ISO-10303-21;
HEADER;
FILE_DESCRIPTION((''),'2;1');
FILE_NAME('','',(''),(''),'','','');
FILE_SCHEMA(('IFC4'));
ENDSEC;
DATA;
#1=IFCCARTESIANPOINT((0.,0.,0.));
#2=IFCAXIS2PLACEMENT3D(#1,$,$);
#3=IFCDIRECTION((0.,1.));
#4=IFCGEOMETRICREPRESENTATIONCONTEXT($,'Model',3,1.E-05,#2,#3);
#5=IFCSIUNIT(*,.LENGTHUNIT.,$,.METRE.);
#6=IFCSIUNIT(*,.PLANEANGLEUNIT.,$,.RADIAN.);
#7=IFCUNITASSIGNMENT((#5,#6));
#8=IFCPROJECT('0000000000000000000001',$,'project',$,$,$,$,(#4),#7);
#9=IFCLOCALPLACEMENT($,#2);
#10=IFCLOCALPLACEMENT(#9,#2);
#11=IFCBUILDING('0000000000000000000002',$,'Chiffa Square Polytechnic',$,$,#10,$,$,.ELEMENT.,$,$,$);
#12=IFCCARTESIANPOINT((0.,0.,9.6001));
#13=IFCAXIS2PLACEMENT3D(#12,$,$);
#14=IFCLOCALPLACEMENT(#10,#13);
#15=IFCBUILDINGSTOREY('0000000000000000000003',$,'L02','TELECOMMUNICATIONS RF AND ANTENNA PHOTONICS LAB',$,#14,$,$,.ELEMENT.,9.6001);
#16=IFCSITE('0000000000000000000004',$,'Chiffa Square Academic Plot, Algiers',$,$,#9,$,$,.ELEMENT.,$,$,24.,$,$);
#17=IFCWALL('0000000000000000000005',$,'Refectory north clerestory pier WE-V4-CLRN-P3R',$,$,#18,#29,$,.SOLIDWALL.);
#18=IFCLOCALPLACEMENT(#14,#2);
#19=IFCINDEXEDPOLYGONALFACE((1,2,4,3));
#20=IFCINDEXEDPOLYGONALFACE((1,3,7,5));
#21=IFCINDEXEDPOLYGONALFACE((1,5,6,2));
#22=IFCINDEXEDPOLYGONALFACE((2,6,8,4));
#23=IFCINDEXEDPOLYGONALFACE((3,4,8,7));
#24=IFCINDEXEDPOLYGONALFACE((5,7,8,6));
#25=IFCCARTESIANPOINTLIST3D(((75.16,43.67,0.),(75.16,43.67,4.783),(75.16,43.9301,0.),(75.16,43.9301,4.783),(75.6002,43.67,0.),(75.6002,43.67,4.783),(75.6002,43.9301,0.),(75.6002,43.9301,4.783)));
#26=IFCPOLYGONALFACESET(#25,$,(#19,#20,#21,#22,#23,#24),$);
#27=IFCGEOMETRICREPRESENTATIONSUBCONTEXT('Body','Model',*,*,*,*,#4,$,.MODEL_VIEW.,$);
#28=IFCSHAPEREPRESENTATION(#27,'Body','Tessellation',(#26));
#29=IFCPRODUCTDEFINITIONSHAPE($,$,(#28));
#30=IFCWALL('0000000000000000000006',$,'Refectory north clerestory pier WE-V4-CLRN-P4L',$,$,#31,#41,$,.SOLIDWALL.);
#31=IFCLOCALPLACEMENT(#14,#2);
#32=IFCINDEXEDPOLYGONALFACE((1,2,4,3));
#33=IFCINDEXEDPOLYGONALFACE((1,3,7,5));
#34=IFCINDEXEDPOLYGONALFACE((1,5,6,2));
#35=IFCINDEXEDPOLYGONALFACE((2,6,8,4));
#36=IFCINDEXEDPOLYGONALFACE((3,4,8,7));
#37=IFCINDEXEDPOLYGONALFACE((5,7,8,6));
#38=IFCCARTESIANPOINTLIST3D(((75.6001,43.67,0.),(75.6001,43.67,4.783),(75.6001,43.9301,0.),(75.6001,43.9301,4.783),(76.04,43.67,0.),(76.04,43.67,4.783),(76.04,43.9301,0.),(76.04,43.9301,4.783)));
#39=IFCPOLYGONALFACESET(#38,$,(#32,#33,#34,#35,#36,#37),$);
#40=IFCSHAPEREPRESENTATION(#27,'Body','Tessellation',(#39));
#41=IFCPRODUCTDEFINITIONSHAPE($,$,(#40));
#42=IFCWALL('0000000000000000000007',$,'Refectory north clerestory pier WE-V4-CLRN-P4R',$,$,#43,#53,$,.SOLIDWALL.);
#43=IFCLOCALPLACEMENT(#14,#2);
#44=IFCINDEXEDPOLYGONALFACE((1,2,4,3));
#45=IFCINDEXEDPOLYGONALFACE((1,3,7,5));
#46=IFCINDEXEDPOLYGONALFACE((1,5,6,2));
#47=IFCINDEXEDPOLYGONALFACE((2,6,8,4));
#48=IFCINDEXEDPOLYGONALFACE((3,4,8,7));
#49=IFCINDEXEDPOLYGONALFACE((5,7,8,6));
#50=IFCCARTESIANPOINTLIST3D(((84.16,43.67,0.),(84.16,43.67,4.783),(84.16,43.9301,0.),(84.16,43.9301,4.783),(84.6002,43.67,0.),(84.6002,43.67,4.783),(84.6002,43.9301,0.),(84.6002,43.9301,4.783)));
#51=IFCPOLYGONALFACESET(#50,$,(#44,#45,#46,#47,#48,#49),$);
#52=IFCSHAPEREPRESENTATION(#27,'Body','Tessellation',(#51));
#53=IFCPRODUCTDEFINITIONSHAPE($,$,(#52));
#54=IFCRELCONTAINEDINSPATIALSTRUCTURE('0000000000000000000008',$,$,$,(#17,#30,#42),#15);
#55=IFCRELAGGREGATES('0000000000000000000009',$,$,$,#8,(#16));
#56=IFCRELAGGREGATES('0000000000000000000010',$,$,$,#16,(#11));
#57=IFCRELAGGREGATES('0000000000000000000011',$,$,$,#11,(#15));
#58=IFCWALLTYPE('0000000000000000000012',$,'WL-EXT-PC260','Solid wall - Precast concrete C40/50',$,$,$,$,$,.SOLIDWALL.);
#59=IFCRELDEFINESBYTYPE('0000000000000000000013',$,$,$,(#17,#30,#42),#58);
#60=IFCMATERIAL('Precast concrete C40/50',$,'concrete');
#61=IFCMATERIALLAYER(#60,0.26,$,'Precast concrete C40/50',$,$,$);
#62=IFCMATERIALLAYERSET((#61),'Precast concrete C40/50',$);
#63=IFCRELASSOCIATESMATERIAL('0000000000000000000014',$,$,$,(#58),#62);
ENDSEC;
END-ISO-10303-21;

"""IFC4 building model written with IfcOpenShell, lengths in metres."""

from ifc_helpers import new_model, si_unit, direction, frame, frame_2d, origin, place, context, subcontext, project, spatial, rectangle, extrude, material, layer, layer_set, type_object, element, save


model = new_model("IFC4")

# Units and contexts
model_context = context("Model", 3, precision=1e-05, world=origin(), true_north=direction((0.0, 1.0)))
body_context = subcontext(model_context, "Body", "Model", "MODEL_VIEW")
ifc_project = project(units=[si_unit("LENGTHUNIT", "METRE"), si_unit("PLANEANGLEUNIT", "RADIAN")], contexts=[model_context])

# Site, building, storey
site_placement = place(None, origin())
site = spatial("IfcSite", under=ifc_project, at=site_placement, Name="Chiffa Square Academic Plot, Algiers", CompositionType="ELEMENT", RefElevation=24.0)
building_placement = place(site_placement, origin())
building = spatial("IfcBuilding", under=site, at=building_placement, Name="Chiffa Square Polytechnic", CompositionType="ELEMENT")
storey_placement = place(building_placement, frame((0.0, 0.0, 9.6001)))
storey = spatial("IfcBuildingStorey", under=building, at=storey_placement, Name="L02", Description="TELECOMMUNICATIONS RF AND ANTENNA PHOTONICS LAB", CompositionType="ELEMENT", Elevation=9.6001)

# Walls
ifc_material_1 = material(Name="Precast concrete C40/50", Category="concrete")
ifc_layer_1 = layer(ifc_material_1, 0.26, Name="Precast concrete C40/50")
ifc_layer_set_1 = layer_set([ifc_layer_1], Name="Precast concrete C40/50")
wall_type = type_object("IfcWallType", Name="WL-EXT-PC260", Description="Solid wall - Precast concrete C40/50", PredefinedType="SOLIDWALL", material=ifc_layer_set_1)
wall_1_placement = place(storey_placement, frame((75.1599, 43.8, 0.0), z_axis=(0.0, 0.0, 1.0), x_axis=(1.0, 0.0, 0.0)))
element("IfcWall", 1, at=wall_1_placement, inside=storey, type_object=wall_type, Name="Refectory north clerestory pier WE-V4-CLRN-P3R", PredefinedType="SOLIDWALL", context=body_context, shape_type="SweptSolid", body=[
    extrude(rectangle(XDim=0.4402, YDim=0.26, at=frame_2d((0.2202, 0.0))), origin(), (0.0, 0.0, 1.0), 4.783),
])
wall_2_placement = place(storey_placement, frame((75.6001, 43.8, 0.0), z_axis=(0.0, 0.0, 1.0), x_axis=(1.0, 0.0, 0.0)))
element("IfcWall", 2, at=wall_2_placement, inside=storey, type_object=wall_type, Name="Refectory north clerestory pier WE-V4-CLRN-P4L", PredefinedType="SOLIDWALL", context=body_context, shape_type="SweptSolid", body=[
    extrude(rectangle(XDim=0.4399, YDim=0.26, at=frame_2d((0.22, 0.0))), origin(), (0.0, 0.0, 1.0), 4.783),
])
wall_3_placement = place(storey_placement, frame((84.1599, 43.8, 0.0), z_axis=(0.0, 0.0, 1.0), x_axis=(1.0, 0.0, 0.0)))
element("IfcWall", 3, at=wall_3_placement, inside=storey, type_object=wall_type, Name="Refectory north clerestory pier WE-V4-CLRN-P4R", PredefinedType="SOLIDWALL", context=body_context, shape_type="SweptSolid", body=[
    extrude(rectangle(XDim=0.4402, YDim=0.26, at=frame_2d((0.2202, 0.0))), origin(), (0.0, 0.0, 1.0), 4.783),
])

save(model, "model.ifc")
